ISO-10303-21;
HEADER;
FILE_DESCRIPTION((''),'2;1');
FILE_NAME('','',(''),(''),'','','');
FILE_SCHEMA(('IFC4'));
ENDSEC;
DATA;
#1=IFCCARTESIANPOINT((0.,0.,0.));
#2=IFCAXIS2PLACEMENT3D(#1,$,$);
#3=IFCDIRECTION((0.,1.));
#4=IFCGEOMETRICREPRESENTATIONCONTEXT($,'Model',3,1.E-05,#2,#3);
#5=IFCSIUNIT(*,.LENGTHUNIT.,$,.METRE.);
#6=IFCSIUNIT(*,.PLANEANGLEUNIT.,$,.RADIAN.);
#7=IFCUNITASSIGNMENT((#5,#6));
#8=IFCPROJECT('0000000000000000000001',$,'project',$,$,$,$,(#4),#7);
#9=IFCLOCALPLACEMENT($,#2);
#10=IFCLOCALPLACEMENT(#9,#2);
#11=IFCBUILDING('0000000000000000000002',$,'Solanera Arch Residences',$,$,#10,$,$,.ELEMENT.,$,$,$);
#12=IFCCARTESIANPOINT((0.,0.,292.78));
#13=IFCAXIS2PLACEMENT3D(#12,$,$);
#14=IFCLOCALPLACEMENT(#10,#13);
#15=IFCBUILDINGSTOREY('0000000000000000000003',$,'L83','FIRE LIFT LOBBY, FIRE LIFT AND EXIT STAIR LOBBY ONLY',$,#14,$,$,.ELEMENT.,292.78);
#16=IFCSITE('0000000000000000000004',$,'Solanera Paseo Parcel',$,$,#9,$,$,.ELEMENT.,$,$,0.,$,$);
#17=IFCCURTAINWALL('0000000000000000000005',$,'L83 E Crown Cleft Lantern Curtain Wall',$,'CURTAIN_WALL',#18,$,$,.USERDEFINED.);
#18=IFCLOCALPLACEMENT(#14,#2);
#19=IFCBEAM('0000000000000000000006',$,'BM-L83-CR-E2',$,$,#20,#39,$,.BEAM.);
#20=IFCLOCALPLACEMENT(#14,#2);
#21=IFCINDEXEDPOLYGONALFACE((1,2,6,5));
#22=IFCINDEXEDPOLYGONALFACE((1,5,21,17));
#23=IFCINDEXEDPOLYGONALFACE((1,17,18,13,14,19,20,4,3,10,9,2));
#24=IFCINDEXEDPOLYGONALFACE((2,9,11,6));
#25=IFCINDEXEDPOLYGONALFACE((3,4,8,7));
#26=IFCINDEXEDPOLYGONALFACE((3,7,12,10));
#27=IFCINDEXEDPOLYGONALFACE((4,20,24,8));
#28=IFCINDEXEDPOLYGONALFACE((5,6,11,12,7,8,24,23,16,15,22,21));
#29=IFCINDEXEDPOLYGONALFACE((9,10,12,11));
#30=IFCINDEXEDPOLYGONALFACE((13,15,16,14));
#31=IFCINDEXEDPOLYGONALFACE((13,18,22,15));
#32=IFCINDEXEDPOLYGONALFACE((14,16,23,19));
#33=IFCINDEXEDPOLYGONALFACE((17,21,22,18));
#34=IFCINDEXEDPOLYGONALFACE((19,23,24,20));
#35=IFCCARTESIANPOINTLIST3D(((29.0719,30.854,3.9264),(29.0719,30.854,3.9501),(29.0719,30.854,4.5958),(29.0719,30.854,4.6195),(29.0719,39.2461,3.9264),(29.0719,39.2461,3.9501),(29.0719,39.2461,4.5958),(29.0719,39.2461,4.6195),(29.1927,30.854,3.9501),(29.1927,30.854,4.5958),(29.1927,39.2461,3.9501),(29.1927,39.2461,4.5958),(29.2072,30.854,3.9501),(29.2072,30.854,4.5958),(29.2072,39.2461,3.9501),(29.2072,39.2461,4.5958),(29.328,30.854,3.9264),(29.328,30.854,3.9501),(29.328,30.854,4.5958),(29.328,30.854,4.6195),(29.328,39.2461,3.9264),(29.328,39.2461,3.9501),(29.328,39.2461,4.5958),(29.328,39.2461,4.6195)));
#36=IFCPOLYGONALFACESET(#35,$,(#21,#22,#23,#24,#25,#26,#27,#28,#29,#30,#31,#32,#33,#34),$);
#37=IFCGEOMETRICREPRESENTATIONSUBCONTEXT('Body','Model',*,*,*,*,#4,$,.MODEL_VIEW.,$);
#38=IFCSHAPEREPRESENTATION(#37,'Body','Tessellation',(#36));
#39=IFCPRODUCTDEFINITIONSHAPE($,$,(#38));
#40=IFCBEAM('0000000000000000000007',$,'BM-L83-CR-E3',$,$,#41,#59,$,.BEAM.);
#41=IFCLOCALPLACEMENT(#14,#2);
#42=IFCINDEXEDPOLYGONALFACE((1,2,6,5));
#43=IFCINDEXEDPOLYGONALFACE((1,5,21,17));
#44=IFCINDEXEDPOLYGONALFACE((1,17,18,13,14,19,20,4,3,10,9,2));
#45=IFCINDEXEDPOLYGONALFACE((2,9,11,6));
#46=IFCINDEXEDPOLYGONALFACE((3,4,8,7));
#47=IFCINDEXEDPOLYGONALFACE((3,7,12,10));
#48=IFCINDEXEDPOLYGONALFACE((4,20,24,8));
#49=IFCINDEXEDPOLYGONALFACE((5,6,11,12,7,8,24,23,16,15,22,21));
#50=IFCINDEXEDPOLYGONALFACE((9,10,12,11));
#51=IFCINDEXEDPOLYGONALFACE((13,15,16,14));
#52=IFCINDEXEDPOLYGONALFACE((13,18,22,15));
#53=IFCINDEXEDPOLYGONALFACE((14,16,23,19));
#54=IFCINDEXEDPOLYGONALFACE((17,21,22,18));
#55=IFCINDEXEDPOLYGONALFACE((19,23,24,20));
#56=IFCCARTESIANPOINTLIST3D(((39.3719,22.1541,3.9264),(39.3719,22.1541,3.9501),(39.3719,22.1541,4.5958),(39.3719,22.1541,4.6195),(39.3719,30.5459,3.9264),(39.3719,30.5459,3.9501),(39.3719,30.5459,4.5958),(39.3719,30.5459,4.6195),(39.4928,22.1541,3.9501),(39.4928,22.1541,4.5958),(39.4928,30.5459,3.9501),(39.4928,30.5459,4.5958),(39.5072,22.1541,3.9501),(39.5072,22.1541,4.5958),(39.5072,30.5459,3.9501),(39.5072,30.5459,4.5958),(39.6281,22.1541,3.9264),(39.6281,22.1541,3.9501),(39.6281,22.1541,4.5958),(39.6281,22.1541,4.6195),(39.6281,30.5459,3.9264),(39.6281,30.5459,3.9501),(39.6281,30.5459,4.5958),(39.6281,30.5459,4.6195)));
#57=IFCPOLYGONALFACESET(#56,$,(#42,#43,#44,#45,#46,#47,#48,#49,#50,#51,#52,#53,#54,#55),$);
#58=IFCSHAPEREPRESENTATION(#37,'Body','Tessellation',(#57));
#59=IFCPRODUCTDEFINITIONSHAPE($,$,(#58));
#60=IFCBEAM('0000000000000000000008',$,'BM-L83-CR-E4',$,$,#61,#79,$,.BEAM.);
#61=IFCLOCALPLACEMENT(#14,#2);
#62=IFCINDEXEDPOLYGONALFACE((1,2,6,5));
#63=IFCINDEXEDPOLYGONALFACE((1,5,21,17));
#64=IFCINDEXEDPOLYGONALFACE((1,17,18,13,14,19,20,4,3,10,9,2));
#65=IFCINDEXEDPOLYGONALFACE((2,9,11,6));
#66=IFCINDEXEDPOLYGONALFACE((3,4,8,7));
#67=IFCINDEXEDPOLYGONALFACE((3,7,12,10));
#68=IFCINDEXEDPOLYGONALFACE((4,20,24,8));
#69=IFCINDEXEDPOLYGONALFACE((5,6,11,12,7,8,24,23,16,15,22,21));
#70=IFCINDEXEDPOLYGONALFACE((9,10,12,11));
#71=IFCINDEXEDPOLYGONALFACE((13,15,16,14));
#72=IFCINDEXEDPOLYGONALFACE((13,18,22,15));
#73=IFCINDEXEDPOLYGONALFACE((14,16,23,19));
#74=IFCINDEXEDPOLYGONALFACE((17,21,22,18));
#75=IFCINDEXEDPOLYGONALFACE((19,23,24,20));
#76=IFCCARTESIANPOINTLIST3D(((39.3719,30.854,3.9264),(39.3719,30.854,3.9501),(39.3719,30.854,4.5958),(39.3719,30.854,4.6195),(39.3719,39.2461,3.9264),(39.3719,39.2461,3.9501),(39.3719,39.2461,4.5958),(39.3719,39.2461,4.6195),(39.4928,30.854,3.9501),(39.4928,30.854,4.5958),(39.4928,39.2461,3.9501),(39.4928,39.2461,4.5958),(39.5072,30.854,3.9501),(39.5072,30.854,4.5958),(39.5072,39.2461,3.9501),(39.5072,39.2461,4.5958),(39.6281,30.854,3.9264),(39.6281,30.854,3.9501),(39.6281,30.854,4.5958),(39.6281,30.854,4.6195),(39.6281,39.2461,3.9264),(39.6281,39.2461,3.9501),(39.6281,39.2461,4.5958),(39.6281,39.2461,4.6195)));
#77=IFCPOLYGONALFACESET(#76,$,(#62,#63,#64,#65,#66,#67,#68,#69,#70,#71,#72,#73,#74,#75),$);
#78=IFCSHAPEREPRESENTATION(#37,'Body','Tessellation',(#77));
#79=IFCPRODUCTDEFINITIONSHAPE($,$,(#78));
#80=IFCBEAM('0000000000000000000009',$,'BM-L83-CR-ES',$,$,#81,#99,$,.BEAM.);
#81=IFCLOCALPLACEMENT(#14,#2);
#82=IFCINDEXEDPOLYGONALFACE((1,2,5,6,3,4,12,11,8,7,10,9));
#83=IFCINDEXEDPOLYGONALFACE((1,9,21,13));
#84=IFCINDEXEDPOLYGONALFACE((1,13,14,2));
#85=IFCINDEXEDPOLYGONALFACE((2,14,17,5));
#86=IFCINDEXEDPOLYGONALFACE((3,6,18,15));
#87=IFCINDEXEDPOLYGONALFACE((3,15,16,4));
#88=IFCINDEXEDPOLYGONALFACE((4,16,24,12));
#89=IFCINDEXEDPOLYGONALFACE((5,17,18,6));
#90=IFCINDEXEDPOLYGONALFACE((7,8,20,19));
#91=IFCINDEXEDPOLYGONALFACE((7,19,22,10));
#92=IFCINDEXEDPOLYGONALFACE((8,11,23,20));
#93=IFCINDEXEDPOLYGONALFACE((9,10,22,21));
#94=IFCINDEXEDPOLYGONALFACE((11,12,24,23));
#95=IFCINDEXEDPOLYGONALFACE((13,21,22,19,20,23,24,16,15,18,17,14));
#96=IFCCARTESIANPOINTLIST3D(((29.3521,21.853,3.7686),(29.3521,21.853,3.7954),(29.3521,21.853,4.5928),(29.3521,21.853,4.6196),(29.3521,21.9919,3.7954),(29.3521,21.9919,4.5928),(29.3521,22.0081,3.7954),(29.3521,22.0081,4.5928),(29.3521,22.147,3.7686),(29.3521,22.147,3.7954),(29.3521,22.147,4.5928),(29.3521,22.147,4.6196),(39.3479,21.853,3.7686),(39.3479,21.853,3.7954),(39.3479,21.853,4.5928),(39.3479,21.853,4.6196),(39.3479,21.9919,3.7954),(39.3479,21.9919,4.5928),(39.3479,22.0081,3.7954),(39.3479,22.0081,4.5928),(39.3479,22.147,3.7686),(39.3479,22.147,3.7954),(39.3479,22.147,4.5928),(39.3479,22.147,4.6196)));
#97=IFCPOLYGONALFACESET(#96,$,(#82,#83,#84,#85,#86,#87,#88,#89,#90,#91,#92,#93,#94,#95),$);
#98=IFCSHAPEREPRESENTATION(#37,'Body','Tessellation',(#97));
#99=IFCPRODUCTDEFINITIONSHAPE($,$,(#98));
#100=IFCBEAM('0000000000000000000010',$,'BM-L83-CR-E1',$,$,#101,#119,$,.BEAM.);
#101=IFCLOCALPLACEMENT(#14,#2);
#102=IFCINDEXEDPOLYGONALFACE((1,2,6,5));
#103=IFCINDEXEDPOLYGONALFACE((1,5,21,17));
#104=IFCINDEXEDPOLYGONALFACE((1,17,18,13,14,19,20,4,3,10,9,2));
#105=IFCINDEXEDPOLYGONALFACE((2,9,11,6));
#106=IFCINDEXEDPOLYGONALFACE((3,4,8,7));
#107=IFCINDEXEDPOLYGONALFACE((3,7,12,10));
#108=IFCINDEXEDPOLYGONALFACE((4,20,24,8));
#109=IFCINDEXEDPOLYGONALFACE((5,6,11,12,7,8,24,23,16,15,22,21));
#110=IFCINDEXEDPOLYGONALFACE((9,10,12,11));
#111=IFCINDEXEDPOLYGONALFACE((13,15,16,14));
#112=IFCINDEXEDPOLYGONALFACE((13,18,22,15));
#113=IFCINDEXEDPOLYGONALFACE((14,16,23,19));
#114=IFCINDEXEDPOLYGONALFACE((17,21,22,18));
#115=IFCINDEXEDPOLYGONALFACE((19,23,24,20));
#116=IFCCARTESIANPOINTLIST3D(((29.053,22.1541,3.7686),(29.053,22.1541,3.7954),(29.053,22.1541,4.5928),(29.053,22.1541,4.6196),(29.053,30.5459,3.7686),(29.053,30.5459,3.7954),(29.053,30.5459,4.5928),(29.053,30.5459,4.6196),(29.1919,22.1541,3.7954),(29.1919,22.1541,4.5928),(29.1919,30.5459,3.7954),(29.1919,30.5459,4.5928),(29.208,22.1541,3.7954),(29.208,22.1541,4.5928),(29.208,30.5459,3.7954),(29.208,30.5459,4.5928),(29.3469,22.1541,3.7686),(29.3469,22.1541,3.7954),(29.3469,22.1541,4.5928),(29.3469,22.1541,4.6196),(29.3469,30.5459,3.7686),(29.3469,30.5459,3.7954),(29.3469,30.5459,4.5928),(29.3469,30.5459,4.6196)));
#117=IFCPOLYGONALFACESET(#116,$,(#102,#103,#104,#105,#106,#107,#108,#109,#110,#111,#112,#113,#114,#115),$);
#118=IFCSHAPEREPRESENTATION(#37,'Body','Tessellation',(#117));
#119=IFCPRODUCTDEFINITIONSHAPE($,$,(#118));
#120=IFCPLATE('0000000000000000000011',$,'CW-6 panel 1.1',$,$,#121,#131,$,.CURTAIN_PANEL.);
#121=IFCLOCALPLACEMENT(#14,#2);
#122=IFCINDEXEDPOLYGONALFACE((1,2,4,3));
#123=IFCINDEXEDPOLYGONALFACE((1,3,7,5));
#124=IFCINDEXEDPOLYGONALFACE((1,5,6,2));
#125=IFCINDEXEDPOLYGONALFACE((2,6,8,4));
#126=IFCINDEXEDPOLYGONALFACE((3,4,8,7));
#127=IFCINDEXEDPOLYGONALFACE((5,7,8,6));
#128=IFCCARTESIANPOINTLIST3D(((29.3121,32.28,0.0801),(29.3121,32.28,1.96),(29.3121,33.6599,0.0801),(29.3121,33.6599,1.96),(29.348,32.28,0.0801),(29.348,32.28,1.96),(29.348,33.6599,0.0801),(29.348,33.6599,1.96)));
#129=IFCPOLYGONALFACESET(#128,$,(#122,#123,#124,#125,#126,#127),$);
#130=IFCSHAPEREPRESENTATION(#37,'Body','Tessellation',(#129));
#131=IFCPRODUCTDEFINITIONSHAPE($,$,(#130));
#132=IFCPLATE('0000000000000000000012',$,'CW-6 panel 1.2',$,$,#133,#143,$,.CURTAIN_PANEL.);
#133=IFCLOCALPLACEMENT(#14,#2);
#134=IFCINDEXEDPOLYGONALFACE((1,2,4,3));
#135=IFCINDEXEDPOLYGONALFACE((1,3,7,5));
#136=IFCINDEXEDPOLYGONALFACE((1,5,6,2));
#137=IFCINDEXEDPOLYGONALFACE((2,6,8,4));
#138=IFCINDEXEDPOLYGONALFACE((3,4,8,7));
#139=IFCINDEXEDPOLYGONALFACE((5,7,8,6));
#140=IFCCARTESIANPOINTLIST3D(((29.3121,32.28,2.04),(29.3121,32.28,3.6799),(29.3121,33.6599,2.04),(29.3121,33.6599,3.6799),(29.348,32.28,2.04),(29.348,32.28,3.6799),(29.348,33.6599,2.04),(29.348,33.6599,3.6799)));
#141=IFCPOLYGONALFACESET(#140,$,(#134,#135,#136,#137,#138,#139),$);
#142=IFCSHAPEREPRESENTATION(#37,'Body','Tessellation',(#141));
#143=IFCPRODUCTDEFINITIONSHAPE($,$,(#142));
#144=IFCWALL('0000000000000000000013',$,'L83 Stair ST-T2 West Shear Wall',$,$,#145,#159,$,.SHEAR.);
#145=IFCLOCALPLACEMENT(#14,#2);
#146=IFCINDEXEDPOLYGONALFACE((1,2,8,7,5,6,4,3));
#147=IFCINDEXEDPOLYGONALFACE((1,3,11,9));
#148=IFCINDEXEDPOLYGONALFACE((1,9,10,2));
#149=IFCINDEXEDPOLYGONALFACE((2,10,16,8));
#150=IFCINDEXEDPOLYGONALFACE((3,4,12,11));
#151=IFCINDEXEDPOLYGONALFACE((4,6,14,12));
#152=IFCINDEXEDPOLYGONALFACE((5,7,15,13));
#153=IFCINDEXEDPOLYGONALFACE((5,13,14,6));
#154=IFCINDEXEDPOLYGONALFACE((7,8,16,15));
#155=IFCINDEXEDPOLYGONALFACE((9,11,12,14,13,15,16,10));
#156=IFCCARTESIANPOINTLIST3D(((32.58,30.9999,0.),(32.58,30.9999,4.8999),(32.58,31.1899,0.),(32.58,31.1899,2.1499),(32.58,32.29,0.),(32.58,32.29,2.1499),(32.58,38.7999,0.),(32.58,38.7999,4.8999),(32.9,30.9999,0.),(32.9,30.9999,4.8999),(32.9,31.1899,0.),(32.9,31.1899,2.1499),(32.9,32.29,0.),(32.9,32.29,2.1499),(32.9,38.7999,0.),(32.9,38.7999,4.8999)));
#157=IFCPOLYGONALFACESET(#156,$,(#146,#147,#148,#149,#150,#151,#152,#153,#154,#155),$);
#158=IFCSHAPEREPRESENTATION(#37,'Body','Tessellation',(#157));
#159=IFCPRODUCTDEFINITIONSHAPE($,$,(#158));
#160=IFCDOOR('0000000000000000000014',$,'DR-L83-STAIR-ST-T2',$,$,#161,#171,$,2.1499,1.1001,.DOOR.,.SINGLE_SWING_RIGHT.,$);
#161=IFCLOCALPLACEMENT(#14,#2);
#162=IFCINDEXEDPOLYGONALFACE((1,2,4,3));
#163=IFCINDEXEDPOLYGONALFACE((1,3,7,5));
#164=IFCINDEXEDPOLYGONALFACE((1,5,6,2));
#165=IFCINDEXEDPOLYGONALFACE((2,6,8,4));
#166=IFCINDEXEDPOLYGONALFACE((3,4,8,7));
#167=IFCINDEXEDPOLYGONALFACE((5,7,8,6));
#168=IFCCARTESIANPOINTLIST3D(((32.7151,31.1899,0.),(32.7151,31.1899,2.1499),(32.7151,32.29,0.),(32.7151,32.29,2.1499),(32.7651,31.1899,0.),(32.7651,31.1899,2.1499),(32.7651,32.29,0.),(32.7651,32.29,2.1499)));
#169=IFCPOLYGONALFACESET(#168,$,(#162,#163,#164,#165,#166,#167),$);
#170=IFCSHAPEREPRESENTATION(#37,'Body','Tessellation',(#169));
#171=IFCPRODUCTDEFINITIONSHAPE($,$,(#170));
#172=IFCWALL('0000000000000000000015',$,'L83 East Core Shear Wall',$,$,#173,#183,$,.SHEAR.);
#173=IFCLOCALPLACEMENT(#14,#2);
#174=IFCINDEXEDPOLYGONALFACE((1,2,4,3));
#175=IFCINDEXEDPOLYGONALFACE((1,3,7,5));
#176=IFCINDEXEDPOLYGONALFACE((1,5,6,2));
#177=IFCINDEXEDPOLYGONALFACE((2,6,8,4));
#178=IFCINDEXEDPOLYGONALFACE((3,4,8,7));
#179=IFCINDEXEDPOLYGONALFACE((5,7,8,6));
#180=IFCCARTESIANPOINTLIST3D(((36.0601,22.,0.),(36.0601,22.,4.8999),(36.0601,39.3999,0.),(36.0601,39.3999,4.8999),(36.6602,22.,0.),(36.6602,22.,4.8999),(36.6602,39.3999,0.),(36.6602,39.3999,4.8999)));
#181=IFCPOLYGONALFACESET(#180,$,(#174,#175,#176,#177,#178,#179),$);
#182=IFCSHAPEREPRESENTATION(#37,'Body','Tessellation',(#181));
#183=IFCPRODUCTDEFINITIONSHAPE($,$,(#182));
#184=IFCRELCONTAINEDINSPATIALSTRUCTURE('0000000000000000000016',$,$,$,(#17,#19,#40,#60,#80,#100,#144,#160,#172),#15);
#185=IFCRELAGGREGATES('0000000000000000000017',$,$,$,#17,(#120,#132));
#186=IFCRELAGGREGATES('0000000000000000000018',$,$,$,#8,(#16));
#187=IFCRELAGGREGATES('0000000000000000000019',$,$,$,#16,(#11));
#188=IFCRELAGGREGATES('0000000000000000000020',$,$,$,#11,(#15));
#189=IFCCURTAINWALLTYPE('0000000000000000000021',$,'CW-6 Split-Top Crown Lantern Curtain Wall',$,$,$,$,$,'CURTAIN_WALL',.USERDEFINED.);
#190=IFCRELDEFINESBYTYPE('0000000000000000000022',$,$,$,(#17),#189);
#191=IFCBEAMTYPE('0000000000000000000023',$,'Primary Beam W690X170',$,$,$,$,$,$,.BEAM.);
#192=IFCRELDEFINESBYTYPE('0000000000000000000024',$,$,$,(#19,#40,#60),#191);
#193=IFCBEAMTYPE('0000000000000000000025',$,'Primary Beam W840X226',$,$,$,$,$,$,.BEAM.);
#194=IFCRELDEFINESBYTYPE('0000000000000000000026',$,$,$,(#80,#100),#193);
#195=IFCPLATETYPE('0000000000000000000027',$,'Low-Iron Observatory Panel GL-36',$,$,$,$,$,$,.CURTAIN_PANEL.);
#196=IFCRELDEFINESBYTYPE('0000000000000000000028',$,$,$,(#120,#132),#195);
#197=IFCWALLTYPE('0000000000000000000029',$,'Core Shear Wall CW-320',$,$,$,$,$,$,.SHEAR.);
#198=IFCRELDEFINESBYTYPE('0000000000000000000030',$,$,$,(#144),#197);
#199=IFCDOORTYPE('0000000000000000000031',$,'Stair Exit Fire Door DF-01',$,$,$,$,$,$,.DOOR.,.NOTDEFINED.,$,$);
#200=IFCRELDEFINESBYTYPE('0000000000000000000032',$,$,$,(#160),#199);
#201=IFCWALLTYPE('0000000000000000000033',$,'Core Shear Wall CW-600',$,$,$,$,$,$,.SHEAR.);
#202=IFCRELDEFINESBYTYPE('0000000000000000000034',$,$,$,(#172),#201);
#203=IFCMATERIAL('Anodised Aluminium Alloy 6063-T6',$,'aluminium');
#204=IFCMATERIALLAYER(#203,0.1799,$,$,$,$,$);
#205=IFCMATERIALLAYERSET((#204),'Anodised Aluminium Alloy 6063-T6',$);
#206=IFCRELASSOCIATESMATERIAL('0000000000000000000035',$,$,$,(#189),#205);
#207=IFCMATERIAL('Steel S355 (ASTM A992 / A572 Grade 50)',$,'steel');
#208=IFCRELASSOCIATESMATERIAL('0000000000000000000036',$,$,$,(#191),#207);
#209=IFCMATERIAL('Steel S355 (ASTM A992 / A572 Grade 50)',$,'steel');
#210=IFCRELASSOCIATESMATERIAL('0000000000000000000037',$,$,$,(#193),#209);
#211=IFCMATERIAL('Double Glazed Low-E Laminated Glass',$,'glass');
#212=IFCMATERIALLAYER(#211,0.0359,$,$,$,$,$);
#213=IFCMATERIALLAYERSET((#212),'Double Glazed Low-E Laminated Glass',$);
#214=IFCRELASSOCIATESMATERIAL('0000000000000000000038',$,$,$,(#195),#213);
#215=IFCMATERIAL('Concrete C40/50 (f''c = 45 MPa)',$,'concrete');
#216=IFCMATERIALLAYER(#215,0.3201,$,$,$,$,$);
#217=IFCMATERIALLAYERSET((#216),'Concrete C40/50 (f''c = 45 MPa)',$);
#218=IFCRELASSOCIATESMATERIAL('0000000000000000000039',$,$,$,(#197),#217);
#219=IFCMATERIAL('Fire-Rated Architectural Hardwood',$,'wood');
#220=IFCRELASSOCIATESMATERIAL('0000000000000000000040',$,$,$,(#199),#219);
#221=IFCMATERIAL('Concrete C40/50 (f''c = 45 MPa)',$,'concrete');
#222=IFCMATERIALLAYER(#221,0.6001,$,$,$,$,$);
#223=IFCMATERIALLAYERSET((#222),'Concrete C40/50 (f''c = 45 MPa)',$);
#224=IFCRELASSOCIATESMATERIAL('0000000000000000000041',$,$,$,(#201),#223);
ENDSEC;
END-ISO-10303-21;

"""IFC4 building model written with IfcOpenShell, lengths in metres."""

from ifc_helpers import new_model, si_unit, direction, frame, frame_2d, origin, origin_2d, place, context, subcontext, project, spatial, rectangle, i_section, extrude, material, layer, layer_set, material_profile, profile_set, type_object, element, fill, aggregate, save


model = new_model("IFC4")

# Units and contexts
model_context = context("Model", 3, precision=1e-05, world=origin(), true_north=direction((0.0, 1.0)))
body_context = subcontext(model_context, "Body", "Model", "MODEL_VIEW")
ifc_project = project(units=[si_unit("LENGTHUNIT", "METRE"), si_unit("PLANEANGLEUNIT", "RADIAN")], contexts=[model_context])

# Site, building, storey
site_placement = place(None, origin())
site = spatial("IfcSite", under=ifc_project, at=site_placement, Name="Solanera Paseo Parcel", CompositionType="ELEMENT", RefElevation=0.0)
building_placement = place(site_placement, origin())
building = spatial("IfcBuilding", under=site, at=building_placement, Name="Solanera Arch Residences", CompositionType="ELEMENT")
storey_placement = place(building_placement, frame((0.0, 0.0, 292.78)))
storey = spatial("IfcBuildingStorey", under=building, at=storey_placement, Name="L83", Description="FIRE LIFT LOBBY, FIRE LIFT AND EXIT STAIR LOBBY ONLY", CompositionType="ELEMENT", Elevation=292.78)

# Curtain wall
ifc_material_1 = material(Name="Anodised Aluminium Alloy 6063-T6", Category="aluminium")
ifc_layer_1 = layer(ifc_material_1, 0.1799)
ifc_layer_set_1 = layer_set([ifc_layer_1], Name="Anodised Aluminium Alloy 6063-T6")
curtain_wall_type = type_object("IfcCurtainWallType", Name="CW-6 Split-Top Crown Lantern Curtain Wall", ElementType="CURTAIN_WALL", PredefinedType="USERDEFINED", material=ifc_layer_set_1)
curtain_wall_placement = place(storey_placement, origin())
curtain_wall = element("IfcCurtainWall", 1, at=curtain_wall_placement, inside=storey, type_object=curtain_wall_type, Name="L83 E Crown Cleft Lantern Curtain Wall", ObjectType="CURTAIN_WALL", PredefinedType="USERDEFINED")

# Beams
ifc_material_2 = material(Name="Steel S355 (ASTM A992 / A572 Grade 50)", Category="steel")
ifc_material_profile_1 = material_profile(ifc_material_2, i_section(OverallWidth=0.2561, OverallDepth=0.6931, WebThickness=0.0144, FlangeThickness=0.0237, at=origin_2d()))
ifc_profile_set_1 = profile_set([ifc_material_profile_1], Name="Steel S355 (ASTM A992 / A572 Grade 50)")
beam_type_1 = type_object("IfcBeamType", Name="Primary Beam W690X170", PredefinedType="BEAM", material=ifc_profile_set_1)
beam_1_placement = place(storey_placement, frame((29.2, 30.854, 4.2729), z_axis=(0.0, 1.0, 0.0), x_axis=(-1.0, 0.0, 0.0)))
element("IfcBeam", 2, at=beam_1_placement, inside=storey, type_object=beam_type_1, Name="BM-L83-CR-E2", PredefinedType="BEAM", context=body_context, shape_type="SweptSolid", body=[
    extrude(i_section(OverallWidth=0.2561, OverallDepth=0.6931, WebThickness=0.0144, FlangeThickness=0.0237, at=origin_2d()), origin(), (0.0, 0.0, 1.0), 8.3921),
])
beam_2_placement = place(storey_placement, frame((39.5, 22.1541, 4.2729), z_axis=(0.0, 1.0, 0.0), x_axis=(-1.0, 0.0, 0.0)))
element("IfcBeam", 3, at=beam_2_placement, inside=storey, type_object=beam_type_1, Name="BM-L83-CR-E3", PredefinedType="BEAM", context=body_context, shape_type="SweptSolid", body=[
    extrude(i_section(OverallWidth=0.2561, OverallDepth=0.6931, WebThickness=0.0144, FlangeThickness=0.0237, at=origin_2d()), origin(), (0.0, 0.0, 1.0), 8.3918),
])
beam_3_placement = place(storey_placement, frame((39.5, 30.854, 4.2729), z_axis=(0.0, 1.0, 0.0), x_axis=(-1.0, 0.0, 0.0)))
element("IfcBeam", 4, at=beam_3_placement, inside=storey, type_object=beam_type_1, Name="BM-L83-CR-E4", PredefinedType="BEAM", context=body_context, shape_type="SweptSolid", body=[
    extrude(i_section(OverallWidth=0.2561, OverallDepth=0.6931, WebThickness=0.0144, FlangeThickness=0.0237, at=origin_2d()), origin(), (0.0, 0.0, 1.0), 8.3921),
])
ifc_material_3 = material(Name="Steel S355 (ASTM A992 / A572 Grade 50)", Category="steel")
ifc_material_profile_2 = material_profile(ifc_material_3, i_section(OverallWidth=0.2939, OverallDepth=0.8511, WebThickness=0.0161, FlangeThickness=0.0269, at=origin_2d()))
ifc_profile_set_2 = profile_set([ifc_material_profile_2], Name="Steel S355 (ASTM A992 / A572 Grade 50)")
beam_type_2 = type_object("IfcBeamType", Name="Primary Beam W840X226", PredefinedType="BEAM", material=ifc_profile_set_2)
beam_4_placement = place(storey_placement, frame((29.3521, 22.0, 4.1941), z_axis=(1.0, 0.0, 0.0), x_axis=(0.0, 1.0, 0.0)))
element("IfcBeam", 5, at=beam_4_placement, inside=storey, type_object=beam_type_2, Name="BM-L83-CR-ES", PredefinedType="BEAM", context=body_context, shape_type="SweptSolid", body=[
    extrude(i_section(OverallWidth=0.2939, OverallDepth=0.8511, WebThickness=0.0161, FlangeThickness=0.0269, at=origin_2d()), origin(), (0.0, 0.0, 1.0), 9.9958),
])
beam_5_placement = place(storey_placement, frame((29.2, 22.1541, 4.1941), z_axis=(0.0, 1.0, 0.0), x_axis=(-1.0, 0.0, 0.0)))
element("IfcBeam", 6, at=beam_5_placement, inside=storey, type_object=beam_type_2, Name="BM-L83-CR-E1", PredefinedType="BEAM", context=body_context, shape_type="SweptSolid", body=[
    extrude(i_section(OverallWidth=0.2939, OverallDepth=0.8511, WebThickness=0.0161, FlangeThickness=0.0269, at=origin_2d()), origin(), (0.0, 0.0, 1.0), 8.3918),
])

# Plates
ifc_material_4 = material(Name="Double Glazed Low-E Laminated Glass", Category="glass")
ifc_layer_2 = layer(ifc_material_4, 0.0359)
ifc_layer_set_2 = layer_set([ifc_layer_2], Name="Double Glazed Low-E Laminated Glass")
plate_type = type_object("IfcPlateType", Name="Low-Iron Observatory Panel GL-36", PredefinedType="CURTAIN_PANEL", material=ifc_layer_set_2)
plate_1_placement = place(storey_placement, frame((29.3301, 32.97, 0.0801), z_axis=(0.0, 0.0, 1.0), x_axis=(0.0, 1.0, 0.0)))
plate_1 = element("IfcPlate", 7, at=plate_1_placement, type_object=plate_type, Name="CW-6 panel 1.1", PredefinedType="CURTAIN_PANEL", context=body_context, shape_type="SweptSolid", body=[
    extrude(rectangle(XDim=1.3799, YDim=0.0359, at=origin_2d()), origin(), (0.0, 0.0, 1.0), 1.8799),
])
plate_2_placement = place(storey_placement, frame((29.3301, 32.97, 2.04), z_axis=(0.0, 0.0, 1.0), x_axis=(0.0, 1.0, 0.0)))
plate_2 = element("IfcPlate", 8, at=plate_2_placement, type_object=plate_type, Name="CW-6 panel 1.2", PredefinedType="CURTAIN_PANEL", context=body_context, shape_type="SweptSolid", body=[
    extrude(rectangle(XDim=1.3799, YDim=0.0359, at=origin_2d()), origin(), (0.0, 0.0, 1.0), 1.6399),
])
aggregate(curtain_wall, [plate_1, plate_2])

# Wall, opening, door
ifc_material_5 = material(Name="Concrete C40/50 (f'c = 45 MPa)", Category="concrete")
ifc_layer_3 = layer(ifc_material_5, 0.3201)
ifc_layer_set_3 = layer_set([ifc_layer_3], Name="Concrete C40/50 (f'c = 45 MPa)")
wall_type_1 = type_object("IfcWallType", Name="Core Shear Wall CW-320", PredefinedType="SHEAR", material=ifc_layer_set_3)
wall_1_placement = place(storey_placement, frame((32.74, 31.0, 0.0), z_axis=(0.0, 0.0, 1.0), x_axis=(0.0, 1.0, 0.0)))
wall_1 = element("IfcWall", 9, at=wall_1_placement, inside=storey, type_object=wall_type_1, Name="L83 Stair ST-T2 West Shear Wall", PredefinedType="SHEAR", context=body_context, shape_type="SweptSolid", body=[
    extrude(rectangle(XDim=7.8, YDim=0.3201, at=frame_2d((3.8999, 0.0))), origin(), (0.0, 0.0, 1.0), 4.8999),
])
opening_placement = place(wall_1_placement, frame((0.1899, 0.0, 0.0)))
opening = element("IfcOpeningElement", 10, at=opening_placement, cuts=wall_1, PredefinedType="OPENING", context=body_context, shape_type="SweptSolid", body=[
    extrude(rectangle(XDim=1.1001, YDim=2.1499, at=frame_2d((0.55, 1.075))), frame((0.0, 0.1699, 0.0), z_axis=(0.0, -1.0, 0.0), x_axis=(1.0, 0.0, 0.0)), (0.0, 0.0, 1.0), 0.3401),
])
ifc_material_6 = material(Name="Fire-Rated Architectural Hardwood", Category="wood")
door_type = type_object("IfcDoorType", Name="Stair Exit Fire Door DF-01", OperationType="NOTDEFINED", PredefinedType="DOOR", material=ifc_material_6)
door_placement = place(opening_placement, origin())
door = element("IfcDoor", 11, at=door_placement, inside=storey, type_object=door_type, Name="DR-L83-STAIR-ST-T2", OperationType="SINGLE_SWING_RIGHT", OverallHeight=2.1499, OverallWidth=1.1001, PredefinedType="DOOR", context=body_context, shape_type="SweptSolid", body=[
    extrude(rectangle(XDim=1.1001, YDim=2.1499, at=frame_2d((0.55, 1.075))), frame((0.0, 0.0249, 0.0), z_axis=(0.0, -1.0, 0.0), x_axis=(1.0, 0.0, 0.0)), (0.0, 0.0, 1.0), 0.05),
])
fill(opening, door)

# Wall
ifc_material_7 = material(Name="Concrete C40/50 (f'c = 45 MPa)", Category="concrete")
ifc_layer_4 = layer(ifc_material_7, 0.6001)
ifc_layer_set_4 = layer_set([ifc_layer_4], Name="Concrete C40/50 (f'c = 45 MPa)")
wall_type_2 = type_object("IfcWallType", Name="Core Shear Wall CW-600", PredefinedType="SHEAR", material=ifc_layer_set_4)
wall_2_placement = place(storey_placement, frame((36.3601, 22.0, 0.0), z_axis=(0.0, 0.0, 1.0), x_axis=(0.0, 1.0, 0.0)))
element("IfcWall", 12, at=wall_2_placement, inside=storey, type_object=wall_type_2, Name="L83 East Core Shear Wall", PredefinedType="SHEAR", context=body_context, shape_type="SweptSolid", body=[
    extrude(rectangle(XDim=17.3999, YDim=0.6001, at=frame_2d((8.7, 0.0))), origin(), (0.0, 0.0, 1.0), 4.8999),
])

save(model, "model.ifc")
